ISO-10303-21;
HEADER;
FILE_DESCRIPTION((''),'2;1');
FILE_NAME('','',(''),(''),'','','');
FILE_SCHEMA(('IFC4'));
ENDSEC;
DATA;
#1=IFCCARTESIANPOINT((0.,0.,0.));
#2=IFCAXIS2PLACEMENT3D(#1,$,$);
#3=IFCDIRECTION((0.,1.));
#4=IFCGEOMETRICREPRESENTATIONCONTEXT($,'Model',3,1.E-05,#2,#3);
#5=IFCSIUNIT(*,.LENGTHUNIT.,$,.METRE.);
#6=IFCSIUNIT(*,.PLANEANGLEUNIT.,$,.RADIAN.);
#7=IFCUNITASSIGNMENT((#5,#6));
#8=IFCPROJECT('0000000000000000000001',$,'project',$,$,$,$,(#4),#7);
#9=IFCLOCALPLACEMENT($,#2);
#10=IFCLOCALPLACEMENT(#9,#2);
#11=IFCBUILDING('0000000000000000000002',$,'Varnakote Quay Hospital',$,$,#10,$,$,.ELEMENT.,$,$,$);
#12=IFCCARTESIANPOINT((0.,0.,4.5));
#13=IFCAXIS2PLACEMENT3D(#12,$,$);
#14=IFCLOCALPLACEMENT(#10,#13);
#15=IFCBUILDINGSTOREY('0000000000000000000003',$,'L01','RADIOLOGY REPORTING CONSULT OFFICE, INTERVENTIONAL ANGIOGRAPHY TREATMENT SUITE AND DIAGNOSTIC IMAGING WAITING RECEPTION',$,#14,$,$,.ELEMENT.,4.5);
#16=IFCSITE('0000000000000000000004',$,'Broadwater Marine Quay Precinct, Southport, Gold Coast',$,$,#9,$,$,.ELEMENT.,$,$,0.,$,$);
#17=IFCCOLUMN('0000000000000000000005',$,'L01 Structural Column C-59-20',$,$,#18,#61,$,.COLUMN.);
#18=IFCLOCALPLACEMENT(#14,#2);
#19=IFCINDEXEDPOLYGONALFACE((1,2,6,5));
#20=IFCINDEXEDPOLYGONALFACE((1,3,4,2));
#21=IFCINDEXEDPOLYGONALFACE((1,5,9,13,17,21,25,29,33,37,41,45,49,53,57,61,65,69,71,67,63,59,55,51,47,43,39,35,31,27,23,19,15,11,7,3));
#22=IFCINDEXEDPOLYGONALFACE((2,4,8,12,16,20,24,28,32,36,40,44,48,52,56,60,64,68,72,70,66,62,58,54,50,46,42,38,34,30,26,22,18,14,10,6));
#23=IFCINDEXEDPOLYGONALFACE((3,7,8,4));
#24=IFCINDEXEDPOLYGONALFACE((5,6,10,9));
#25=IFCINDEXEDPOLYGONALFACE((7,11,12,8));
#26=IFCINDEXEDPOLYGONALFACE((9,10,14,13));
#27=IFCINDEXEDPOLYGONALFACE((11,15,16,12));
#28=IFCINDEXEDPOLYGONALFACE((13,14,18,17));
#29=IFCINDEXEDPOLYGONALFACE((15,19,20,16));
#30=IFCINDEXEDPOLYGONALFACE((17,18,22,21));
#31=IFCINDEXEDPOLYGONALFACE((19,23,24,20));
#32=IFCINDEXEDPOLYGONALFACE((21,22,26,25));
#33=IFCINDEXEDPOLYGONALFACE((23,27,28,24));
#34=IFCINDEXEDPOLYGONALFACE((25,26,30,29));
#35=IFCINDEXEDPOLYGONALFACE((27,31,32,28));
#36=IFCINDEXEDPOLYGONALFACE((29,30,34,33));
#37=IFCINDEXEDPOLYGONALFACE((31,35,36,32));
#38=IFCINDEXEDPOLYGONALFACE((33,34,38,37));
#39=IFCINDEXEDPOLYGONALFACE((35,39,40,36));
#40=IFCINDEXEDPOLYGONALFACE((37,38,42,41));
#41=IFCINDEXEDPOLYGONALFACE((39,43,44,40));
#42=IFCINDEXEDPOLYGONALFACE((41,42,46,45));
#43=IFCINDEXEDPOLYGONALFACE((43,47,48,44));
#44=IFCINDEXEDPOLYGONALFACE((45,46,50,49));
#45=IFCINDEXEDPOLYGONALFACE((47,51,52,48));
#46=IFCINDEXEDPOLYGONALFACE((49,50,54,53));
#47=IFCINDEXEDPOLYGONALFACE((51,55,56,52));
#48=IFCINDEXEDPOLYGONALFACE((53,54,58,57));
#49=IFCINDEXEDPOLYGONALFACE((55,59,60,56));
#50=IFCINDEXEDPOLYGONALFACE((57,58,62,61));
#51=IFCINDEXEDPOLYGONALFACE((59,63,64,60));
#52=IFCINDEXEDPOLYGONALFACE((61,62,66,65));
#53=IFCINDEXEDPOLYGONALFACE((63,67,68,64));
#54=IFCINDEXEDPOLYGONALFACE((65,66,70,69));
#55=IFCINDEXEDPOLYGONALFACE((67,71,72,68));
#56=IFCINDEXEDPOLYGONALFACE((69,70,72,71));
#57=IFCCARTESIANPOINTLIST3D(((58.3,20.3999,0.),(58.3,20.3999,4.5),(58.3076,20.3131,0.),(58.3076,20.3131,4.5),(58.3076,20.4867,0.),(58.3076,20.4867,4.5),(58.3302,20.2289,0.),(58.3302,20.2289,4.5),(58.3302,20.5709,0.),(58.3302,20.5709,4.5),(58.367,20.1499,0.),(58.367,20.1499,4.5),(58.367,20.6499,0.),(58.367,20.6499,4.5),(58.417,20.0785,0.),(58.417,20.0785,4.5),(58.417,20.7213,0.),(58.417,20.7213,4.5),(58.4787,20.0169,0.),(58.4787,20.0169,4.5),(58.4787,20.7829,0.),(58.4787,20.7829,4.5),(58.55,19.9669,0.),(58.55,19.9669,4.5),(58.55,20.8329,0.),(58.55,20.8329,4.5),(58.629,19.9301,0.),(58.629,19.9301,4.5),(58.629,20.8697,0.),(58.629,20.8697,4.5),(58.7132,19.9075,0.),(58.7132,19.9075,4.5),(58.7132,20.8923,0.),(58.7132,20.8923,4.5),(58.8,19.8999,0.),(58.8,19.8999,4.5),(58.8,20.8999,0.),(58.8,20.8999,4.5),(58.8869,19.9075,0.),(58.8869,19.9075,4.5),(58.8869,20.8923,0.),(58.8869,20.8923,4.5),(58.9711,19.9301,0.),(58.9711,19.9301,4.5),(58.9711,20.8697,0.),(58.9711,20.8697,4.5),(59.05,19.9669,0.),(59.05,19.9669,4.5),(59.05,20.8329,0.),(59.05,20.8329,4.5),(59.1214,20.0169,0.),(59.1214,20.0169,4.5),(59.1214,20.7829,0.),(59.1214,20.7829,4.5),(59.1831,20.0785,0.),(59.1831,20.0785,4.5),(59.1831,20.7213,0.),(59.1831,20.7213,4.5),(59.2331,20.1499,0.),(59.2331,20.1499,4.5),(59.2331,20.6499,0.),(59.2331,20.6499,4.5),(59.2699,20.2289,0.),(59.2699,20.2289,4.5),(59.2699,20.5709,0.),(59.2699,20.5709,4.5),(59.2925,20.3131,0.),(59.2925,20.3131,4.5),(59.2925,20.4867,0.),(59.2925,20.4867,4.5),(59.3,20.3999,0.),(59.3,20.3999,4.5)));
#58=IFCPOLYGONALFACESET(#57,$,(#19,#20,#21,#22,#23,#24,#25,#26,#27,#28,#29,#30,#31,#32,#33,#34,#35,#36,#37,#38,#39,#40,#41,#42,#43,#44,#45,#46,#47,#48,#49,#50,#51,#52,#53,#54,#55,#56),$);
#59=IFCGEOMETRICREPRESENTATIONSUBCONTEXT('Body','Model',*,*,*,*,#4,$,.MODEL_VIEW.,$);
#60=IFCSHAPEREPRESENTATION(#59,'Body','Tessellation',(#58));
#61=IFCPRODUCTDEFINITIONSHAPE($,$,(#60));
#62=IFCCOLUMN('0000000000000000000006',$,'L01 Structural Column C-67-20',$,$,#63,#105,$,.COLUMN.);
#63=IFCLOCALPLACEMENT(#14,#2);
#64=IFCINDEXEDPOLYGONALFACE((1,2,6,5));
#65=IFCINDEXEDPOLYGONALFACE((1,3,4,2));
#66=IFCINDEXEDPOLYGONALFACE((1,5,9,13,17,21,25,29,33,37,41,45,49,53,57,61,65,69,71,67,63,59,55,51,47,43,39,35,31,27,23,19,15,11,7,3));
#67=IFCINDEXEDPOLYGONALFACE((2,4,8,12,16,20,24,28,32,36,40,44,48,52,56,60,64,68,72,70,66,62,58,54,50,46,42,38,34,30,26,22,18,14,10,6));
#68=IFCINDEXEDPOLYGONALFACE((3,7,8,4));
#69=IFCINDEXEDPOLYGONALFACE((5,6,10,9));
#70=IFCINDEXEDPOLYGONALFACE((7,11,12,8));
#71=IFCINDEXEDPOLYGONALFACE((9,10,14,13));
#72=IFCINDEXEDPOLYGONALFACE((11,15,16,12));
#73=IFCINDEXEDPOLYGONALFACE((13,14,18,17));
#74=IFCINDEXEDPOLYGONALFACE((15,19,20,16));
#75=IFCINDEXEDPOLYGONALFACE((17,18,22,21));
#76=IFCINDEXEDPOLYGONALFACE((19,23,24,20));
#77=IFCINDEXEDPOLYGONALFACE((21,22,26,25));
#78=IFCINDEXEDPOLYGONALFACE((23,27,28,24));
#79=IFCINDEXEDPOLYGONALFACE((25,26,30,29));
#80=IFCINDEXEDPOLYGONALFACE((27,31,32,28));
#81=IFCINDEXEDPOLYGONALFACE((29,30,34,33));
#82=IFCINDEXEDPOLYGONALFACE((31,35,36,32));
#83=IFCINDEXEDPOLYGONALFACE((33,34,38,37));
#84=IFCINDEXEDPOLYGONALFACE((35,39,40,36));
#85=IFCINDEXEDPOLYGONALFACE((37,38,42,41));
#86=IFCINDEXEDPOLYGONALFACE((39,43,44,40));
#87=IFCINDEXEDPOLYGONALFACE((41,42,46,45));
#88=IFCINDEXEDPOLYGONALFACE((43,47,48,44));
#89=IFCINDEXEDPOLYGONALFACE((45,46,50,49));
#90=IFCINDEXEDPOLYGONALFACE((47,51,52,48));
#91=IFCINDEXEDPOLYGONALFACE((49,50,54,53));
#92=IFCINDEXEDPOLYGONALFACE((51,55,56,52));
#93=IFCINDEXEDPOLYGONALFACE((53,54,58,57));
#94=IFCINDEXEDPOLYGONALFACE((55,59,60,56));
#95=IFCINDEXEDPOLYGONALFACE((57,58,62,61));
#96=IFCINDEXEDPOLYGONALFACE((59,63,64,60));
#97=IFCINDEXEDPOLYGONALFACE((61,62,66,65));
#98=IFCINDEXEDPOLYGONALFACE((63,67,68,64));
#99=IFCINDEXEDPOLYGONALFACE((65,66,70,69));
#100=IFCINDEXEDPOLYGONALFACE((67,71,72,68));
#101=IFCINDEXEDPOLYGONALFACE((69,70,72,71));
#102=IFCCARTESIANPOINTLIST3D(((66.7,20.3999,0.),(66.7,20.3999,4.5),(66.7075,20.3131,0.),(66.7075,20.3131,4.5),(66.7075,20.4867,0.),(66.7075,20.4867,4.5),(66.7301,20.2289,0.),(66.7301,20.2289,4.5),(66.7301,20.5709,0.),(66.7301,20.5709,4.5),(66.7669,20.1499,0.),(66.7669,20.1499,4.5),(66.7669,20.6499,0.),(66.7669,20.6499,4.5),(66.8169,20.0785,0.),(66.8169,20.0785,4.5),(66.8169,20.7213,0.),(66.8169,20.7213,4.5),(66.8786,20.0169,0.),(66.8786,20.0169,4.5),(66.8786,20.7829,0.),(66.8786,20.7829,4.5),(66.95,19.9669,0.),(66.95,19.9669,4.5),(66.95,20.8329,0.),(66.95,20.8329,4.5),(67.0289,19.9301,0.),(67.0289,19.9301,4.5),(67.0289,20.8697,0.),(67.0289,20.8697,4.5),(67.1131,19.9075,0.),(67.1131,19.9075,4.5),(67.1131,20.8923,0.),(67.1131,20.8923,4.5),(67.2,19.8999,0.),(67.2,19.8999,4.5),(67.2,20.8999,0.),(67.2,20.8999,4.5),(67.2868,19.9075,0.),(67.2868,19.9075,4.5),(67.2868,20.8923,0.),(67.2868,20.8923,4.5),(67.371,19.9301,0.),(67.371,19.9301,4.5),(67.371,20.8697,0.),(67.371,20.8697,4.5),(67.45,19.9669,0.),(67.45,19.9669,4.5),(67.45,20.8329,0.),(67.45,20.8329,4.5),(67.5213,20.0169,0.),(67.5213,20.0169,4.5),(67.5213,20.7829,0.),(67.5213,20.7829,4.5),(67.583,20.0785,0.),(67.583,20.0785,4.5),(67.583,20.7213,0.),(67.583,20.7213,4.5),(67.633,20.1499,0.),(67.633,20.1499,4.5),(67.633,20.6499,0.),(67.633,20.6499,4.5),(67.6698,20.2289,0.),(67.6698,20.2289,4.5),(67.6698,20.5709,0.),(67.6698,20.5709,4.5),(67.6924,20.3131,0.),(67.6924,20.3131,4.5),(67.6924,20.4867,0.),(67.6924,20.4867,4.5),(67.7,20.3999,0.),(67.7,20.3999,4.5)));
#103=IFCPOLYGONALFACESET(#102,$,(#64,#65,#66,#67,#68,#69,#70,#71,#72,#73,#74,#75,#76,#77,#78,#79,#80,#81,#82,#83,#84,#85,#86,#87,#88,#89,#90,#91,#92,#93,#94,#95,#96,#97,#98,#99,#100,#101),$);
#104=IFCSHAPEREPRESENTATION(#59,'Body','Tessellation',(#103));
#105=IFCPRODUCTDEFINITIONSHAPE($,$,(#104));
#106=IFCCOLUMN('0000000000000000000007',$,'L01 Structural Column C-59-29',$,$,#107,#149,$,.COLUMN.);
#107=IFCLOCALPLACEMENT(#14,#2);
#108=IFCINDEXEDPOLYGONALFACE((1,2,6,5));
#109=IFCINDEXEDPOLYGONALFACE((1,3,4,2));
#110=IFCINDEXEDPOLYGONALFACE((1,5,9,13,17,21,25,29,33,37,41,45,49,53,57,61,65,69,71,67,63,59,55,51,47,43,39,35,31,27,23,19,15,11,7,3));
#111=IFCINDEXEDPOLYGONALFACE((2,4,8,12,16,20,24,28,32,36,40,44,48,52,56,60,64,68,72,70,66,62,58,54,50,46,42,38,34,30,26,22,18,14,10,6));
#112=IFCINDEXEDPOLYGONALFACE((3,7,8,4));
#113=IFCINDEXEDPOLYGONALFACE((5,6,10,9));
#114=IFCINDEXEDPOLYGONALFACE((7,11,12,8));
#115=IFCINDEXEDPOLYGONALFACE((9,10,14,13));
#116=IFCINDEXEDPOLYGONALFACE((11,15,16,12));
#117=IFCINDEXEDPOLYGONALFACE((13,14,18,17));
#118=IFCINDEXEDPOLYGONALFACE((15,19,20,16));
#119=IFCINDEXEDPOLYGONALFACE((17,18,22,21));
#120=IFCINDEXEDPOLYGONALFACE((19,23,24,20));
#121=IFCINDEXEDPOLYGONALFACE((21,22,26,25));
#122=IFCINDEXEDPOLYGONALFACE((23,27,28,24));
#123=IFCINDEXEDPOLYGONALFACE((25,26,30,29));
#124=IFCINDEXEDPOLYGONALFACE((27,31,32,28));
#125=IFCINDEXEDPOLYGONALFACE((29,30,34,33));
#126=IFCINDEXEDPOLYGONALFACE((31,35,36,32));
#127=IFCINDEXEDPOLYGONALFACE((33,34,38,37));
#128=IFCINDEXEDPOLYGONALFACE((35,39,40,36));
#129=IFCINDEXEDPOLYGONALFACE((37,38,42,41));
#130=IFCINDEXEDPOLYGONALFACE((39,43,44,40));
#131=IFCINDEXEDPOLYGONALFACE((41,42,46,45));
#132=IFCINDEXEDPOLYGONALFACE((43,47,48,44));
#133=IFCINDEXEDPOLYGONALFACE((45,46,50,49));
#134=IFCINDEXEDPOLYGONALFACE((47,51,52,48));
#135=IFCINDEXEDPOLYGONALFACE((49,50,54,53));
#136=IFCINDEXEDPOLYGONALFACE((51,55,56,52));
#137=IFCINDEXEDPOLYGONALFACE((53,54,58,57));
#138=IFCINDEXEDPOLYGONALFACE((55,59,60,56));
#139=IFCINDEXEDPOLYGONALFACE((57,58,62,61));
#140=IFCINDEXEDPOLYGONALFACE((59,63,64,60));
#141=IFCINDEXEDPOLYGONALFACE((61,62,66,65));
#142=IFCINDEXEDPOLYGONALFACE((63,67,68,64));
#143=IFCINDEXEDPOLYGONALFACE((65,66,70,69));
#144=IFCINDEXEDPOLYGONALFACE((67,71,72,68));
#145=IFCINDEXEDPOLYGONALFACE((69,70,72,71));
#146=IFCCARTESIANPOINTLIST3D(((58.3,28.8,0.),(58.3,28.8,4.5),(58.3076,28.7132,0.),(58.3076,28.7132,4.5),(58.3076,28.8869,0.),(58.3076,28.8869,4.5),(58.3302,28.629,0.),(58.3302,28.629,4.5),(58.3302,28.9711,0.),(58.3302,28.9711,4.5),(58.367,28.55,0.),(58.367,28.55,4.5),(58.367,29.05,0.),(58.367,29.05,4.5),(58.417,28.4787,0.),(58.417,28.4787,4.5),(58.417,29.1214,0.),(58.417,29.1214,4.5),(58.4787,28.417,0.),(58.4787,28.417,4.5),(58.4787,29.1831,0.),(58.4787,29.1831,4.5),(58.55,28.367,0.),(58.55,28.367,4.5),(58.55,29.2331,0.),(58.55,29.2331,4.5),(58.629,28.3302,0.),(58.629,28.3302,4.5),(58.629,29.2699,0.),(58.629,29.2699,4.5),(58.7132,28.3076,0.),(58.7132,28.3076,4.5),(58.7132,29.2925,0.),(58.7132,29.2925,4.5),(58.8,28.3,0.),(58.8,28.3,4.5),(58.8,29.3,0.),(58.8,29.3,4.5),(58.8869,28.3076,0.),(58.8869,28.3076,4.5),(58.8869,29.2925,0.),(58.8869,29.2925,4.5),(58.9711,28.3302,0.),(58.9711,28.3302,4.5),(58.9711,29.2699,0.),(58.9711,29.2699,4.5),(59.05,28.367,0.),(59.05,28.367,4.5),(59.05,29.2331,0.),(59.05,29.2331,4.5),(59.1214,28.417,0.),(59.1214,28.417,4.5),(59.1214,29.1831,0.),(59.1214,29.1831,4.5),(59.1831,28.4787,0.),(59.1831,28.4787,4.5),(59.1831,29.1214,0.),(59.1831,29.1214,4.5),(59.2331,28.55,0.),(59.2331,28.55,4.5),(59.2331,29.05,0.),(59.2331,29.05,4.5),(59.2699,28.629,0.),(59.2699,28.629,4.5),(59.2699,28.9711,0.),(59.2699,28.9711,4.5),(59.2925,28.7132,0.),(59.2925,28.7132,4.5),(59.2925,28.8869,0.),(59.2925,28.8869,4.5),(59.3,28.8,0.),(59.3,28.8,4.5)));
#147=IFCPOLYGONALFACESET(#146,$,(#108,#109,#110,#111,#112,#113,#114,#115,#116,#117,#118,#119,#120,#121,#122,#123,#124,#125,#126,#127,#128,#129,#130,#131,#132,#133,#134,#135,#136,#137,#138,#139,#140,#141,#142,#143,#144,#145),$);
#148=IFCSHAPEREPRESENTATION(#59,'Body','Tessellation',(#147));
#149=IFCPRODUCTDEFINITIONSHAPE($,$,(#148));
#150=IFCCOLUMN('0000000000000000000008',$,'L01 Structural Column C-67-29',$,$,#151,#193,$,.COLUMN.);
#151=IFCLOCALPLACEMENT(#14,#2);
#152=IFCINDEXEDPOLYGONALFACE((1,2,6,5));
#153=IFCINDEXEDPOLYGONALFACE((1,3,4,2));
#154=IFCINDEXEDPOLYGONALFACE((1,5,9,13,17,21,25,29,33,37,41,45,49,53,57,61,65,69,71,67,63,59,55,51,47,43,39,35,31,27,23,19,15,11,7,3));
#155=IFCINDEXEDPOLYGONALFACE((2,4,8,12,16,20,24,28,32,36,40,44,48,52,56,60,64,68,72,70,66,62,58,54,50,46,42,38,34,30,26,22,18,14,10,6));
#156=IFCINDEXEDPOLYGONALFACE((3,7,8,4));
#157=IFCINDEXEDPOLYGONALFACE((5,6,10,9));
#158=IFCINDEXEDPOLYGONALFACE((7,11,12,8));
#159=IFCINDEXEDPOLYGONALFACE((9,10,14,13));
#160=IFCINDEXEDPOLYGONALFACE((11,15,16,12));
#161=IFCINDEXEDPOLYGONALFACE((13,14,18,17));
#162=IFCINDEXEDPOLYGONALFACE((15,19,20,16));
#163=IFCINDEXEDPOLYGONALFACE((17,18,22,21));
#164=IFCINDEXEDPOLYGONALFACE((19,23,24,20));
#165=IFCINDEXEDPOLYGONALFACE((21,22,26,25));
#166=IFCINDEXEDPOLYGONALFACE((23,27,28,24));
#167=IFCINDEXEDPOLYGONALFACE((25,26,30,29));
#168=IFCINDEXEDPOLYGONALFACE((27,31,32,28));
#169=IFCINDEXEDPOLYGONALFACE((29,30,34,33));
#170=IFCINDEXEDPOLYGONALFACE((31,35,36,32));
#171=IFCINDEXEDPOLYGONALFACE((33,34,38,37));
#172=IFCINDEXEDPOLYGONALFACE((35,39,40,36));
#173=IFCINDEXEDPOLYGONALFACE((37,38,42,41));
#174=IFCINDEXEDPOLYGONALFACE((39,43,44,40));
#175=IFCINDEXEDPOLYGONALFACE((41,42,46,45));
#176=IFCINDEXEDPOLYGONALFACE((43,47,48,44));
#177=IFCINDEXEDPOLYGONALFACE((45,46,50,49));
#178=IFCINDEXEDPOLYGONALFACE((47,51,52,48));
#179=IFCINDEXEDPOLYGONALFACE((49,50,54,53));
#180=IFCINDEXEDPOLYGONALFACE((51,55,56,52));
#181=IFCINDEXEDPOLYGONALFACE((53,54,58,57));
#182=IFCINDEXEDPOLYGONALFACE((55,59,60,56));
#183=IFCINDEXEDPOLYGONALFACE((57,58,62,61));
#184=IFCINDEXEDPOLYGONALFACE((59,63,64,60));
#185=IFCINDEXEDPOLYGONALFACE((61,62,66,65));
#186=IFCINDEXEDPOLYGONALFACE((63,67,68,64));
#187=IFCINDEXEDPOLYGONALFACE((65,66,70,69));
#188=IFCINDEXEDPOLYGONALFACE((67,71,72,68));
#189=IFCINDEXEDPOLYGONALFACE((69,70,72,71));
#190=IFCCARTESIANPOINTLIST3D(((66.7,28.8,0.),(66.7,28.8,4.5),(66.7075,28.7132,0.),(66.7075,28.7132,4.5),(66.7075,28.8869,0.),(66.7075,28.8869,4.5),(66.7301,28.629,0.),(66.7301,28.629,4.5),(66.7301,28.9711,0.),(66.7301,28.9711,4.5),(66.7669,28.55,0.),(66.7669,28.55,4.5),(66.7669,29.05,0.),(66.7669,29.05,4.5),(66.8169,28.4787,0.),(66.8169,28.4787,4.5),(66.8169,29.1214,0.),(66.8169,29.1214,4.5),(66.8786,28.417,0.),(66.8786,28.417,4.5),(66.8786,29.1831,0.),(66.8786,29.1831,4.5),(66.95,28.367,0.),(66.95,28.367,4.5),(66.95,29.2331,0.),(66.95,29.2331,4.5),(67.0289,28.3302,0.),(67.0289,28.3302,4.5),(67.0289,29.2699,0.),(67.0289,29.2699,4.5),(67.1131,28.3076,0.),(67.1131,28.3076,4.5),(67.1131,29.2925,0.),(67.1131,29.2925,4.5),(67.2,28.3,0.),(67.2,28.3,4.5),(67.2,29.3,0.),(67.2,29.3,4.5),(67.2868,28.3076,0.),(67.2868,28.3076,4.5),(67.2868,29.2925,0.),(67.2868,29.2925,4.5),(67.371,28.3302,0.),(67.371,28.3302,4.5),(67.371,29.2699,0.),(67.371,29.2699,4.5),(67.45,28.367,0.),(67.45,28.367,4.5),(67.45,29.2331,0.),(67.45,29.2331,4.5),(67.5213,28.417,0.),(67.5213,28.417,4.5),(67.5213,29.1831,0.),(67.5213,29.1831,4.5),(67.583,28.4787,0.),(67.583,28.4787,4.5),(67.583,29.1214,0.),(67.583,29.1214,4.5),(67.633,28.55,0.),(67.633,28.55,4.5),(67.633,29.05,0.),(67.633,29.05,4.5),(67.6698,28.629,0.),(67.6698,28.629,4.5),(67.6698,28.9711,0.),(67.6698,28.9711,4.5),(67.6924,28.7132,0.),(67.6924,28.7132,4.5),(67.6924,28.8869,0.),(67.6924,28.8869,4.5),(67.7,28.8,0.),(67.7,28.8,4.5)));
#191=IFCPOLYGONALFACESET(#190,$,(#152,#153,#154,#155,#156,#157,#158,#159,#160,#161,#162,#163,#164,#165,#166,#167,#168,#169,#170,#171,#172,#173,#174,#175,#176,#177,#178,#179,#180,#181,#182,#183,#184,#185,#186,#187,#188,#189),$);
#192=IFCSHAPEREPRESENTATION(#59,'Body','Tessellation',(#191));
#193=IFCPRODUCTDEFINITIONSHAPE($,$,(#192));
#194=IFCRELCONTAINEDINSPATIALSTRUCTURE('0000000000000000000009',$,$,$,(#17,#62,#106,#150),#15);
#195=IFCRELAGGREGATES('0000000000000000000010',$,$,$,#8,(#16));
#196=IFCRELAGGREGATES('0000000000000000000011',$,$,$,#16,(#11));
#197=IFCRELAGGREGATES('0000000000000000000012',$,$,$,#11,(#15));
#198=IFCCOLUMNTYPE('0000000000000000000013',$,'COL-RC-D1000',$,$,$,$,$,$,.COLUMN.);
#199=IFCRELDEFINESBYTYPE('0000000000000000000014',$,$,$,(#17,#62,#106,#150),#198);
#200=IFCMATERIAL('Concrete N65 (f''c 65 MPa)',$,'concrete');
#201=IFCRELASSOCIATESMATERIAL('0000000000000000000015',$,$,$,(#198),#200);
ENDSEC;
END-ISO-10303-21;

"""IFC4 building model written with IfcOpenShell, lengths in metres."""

from ifc_helpers import new_model, si_unit, direction, frame, origin, origin_2d, place, context, subcontext, project, spatial, circle, extrude, material, material_profile, profile_set, type_object, element, save


model = new_model("IFC4")

# Units and contexts
model_context = context("Model", 3, precision=1e-05, world=origin(), true_north=direction((0.0, 1.0)))
body_context = subcontext(model_context, "Body", "Model", "MODEL_VIEW")
ifc_project = project(units=[si_unit("LENGTHUNIT", "METRE"), si_unit("PLANEANGLEUNIT", "RADIAN")], contexts=[model_context])

# Site, building, storey
site_placement = place(None, origin())
site = spatial("IfcSite", under=ifc_project, at=site_placement, Name="Broadwater Marine Quay Precinct, Southport, Gold Coast", CompositionType="ELEMENT", RefElevation=0.0)
building_placement = place(site_placement, origin())
building = spatial("IfcBuilding", under=site, at=building_placement, Name="Varnakote Quay Hospital", CompositionType="ELEMENT")
storey_placement = place(building_placement, frame((0.0, 0.0, 4.5)))
storey = spatial("IfcBuildingStorey", under=building, at=storey_placement, Name="L01", Description="RADIOLOGY REPORTING CONSULT OFFICE, INTERVENTIONAL ANGIOGRAPHY TREATMENT SUITE AND DIAGNOSTIC IMAGING WAITING RECEPTION", CompositionType="ELEMENT", Elevation=4.5)

# Columns
ifc_material_1 = material(Name="Concrete N65 (f'c 65 MPa)", Category="concrete")
ifc_material_profile_1 = material_profile(ifc_material_1, circle(Radius=0.5, at=origin_2d()), Name="RC-COL-D1000")
ifc_profile_set_1 = profile_set([ifc_material_profile_1], Name="Concrete N65 (f'c 65 MPa)")
column_type = type_object("IfcColumnType", Name="COL-RC-D1000", PredefinedType="COLUMN", material=ifc_profile_set_1)
for number, where, z_axis, x_axis, name in (
    (1, (58.8, 20.3999, 0.0), (0.0, 0.0, 1.0), (1.0, 0.0, 0.0), "L01 Structural Column C-59-20"),
    (2, (67.2, 20.3999, 0.0), (0.0, 0.0, 1.0), (1.0, 0.0, 0.0), "L01 Structural Column C-67-20"),
    (3, (58.8, 28.8, 0.0), (0.0, 0.0, 1.0), (1.0, 0.0, 0.0), "L01 Structural Column C-59-29"),
    (4, (67.2, 28.8, 0.0), (0.0, 0.0, 1.0), (1.0, 0.0, 0.0), "L01 Structural Column C-67-29"),
):
    element("IfcColumn", number, at=place(storey_placement, frame(where, z_axis=z_axis, x_axis=x_axis)), inside=storey, type_object=column_type, Name=name, PredefinedType="COLUMN", context=body_context, shape_type="SweptSolid", body=[
        extrude(circle(Radius=0.5, at=origin_2d()), origin(), (0.0, 0.0, 1.0), 4.5),
    ])

save(model, "model.ifc")
